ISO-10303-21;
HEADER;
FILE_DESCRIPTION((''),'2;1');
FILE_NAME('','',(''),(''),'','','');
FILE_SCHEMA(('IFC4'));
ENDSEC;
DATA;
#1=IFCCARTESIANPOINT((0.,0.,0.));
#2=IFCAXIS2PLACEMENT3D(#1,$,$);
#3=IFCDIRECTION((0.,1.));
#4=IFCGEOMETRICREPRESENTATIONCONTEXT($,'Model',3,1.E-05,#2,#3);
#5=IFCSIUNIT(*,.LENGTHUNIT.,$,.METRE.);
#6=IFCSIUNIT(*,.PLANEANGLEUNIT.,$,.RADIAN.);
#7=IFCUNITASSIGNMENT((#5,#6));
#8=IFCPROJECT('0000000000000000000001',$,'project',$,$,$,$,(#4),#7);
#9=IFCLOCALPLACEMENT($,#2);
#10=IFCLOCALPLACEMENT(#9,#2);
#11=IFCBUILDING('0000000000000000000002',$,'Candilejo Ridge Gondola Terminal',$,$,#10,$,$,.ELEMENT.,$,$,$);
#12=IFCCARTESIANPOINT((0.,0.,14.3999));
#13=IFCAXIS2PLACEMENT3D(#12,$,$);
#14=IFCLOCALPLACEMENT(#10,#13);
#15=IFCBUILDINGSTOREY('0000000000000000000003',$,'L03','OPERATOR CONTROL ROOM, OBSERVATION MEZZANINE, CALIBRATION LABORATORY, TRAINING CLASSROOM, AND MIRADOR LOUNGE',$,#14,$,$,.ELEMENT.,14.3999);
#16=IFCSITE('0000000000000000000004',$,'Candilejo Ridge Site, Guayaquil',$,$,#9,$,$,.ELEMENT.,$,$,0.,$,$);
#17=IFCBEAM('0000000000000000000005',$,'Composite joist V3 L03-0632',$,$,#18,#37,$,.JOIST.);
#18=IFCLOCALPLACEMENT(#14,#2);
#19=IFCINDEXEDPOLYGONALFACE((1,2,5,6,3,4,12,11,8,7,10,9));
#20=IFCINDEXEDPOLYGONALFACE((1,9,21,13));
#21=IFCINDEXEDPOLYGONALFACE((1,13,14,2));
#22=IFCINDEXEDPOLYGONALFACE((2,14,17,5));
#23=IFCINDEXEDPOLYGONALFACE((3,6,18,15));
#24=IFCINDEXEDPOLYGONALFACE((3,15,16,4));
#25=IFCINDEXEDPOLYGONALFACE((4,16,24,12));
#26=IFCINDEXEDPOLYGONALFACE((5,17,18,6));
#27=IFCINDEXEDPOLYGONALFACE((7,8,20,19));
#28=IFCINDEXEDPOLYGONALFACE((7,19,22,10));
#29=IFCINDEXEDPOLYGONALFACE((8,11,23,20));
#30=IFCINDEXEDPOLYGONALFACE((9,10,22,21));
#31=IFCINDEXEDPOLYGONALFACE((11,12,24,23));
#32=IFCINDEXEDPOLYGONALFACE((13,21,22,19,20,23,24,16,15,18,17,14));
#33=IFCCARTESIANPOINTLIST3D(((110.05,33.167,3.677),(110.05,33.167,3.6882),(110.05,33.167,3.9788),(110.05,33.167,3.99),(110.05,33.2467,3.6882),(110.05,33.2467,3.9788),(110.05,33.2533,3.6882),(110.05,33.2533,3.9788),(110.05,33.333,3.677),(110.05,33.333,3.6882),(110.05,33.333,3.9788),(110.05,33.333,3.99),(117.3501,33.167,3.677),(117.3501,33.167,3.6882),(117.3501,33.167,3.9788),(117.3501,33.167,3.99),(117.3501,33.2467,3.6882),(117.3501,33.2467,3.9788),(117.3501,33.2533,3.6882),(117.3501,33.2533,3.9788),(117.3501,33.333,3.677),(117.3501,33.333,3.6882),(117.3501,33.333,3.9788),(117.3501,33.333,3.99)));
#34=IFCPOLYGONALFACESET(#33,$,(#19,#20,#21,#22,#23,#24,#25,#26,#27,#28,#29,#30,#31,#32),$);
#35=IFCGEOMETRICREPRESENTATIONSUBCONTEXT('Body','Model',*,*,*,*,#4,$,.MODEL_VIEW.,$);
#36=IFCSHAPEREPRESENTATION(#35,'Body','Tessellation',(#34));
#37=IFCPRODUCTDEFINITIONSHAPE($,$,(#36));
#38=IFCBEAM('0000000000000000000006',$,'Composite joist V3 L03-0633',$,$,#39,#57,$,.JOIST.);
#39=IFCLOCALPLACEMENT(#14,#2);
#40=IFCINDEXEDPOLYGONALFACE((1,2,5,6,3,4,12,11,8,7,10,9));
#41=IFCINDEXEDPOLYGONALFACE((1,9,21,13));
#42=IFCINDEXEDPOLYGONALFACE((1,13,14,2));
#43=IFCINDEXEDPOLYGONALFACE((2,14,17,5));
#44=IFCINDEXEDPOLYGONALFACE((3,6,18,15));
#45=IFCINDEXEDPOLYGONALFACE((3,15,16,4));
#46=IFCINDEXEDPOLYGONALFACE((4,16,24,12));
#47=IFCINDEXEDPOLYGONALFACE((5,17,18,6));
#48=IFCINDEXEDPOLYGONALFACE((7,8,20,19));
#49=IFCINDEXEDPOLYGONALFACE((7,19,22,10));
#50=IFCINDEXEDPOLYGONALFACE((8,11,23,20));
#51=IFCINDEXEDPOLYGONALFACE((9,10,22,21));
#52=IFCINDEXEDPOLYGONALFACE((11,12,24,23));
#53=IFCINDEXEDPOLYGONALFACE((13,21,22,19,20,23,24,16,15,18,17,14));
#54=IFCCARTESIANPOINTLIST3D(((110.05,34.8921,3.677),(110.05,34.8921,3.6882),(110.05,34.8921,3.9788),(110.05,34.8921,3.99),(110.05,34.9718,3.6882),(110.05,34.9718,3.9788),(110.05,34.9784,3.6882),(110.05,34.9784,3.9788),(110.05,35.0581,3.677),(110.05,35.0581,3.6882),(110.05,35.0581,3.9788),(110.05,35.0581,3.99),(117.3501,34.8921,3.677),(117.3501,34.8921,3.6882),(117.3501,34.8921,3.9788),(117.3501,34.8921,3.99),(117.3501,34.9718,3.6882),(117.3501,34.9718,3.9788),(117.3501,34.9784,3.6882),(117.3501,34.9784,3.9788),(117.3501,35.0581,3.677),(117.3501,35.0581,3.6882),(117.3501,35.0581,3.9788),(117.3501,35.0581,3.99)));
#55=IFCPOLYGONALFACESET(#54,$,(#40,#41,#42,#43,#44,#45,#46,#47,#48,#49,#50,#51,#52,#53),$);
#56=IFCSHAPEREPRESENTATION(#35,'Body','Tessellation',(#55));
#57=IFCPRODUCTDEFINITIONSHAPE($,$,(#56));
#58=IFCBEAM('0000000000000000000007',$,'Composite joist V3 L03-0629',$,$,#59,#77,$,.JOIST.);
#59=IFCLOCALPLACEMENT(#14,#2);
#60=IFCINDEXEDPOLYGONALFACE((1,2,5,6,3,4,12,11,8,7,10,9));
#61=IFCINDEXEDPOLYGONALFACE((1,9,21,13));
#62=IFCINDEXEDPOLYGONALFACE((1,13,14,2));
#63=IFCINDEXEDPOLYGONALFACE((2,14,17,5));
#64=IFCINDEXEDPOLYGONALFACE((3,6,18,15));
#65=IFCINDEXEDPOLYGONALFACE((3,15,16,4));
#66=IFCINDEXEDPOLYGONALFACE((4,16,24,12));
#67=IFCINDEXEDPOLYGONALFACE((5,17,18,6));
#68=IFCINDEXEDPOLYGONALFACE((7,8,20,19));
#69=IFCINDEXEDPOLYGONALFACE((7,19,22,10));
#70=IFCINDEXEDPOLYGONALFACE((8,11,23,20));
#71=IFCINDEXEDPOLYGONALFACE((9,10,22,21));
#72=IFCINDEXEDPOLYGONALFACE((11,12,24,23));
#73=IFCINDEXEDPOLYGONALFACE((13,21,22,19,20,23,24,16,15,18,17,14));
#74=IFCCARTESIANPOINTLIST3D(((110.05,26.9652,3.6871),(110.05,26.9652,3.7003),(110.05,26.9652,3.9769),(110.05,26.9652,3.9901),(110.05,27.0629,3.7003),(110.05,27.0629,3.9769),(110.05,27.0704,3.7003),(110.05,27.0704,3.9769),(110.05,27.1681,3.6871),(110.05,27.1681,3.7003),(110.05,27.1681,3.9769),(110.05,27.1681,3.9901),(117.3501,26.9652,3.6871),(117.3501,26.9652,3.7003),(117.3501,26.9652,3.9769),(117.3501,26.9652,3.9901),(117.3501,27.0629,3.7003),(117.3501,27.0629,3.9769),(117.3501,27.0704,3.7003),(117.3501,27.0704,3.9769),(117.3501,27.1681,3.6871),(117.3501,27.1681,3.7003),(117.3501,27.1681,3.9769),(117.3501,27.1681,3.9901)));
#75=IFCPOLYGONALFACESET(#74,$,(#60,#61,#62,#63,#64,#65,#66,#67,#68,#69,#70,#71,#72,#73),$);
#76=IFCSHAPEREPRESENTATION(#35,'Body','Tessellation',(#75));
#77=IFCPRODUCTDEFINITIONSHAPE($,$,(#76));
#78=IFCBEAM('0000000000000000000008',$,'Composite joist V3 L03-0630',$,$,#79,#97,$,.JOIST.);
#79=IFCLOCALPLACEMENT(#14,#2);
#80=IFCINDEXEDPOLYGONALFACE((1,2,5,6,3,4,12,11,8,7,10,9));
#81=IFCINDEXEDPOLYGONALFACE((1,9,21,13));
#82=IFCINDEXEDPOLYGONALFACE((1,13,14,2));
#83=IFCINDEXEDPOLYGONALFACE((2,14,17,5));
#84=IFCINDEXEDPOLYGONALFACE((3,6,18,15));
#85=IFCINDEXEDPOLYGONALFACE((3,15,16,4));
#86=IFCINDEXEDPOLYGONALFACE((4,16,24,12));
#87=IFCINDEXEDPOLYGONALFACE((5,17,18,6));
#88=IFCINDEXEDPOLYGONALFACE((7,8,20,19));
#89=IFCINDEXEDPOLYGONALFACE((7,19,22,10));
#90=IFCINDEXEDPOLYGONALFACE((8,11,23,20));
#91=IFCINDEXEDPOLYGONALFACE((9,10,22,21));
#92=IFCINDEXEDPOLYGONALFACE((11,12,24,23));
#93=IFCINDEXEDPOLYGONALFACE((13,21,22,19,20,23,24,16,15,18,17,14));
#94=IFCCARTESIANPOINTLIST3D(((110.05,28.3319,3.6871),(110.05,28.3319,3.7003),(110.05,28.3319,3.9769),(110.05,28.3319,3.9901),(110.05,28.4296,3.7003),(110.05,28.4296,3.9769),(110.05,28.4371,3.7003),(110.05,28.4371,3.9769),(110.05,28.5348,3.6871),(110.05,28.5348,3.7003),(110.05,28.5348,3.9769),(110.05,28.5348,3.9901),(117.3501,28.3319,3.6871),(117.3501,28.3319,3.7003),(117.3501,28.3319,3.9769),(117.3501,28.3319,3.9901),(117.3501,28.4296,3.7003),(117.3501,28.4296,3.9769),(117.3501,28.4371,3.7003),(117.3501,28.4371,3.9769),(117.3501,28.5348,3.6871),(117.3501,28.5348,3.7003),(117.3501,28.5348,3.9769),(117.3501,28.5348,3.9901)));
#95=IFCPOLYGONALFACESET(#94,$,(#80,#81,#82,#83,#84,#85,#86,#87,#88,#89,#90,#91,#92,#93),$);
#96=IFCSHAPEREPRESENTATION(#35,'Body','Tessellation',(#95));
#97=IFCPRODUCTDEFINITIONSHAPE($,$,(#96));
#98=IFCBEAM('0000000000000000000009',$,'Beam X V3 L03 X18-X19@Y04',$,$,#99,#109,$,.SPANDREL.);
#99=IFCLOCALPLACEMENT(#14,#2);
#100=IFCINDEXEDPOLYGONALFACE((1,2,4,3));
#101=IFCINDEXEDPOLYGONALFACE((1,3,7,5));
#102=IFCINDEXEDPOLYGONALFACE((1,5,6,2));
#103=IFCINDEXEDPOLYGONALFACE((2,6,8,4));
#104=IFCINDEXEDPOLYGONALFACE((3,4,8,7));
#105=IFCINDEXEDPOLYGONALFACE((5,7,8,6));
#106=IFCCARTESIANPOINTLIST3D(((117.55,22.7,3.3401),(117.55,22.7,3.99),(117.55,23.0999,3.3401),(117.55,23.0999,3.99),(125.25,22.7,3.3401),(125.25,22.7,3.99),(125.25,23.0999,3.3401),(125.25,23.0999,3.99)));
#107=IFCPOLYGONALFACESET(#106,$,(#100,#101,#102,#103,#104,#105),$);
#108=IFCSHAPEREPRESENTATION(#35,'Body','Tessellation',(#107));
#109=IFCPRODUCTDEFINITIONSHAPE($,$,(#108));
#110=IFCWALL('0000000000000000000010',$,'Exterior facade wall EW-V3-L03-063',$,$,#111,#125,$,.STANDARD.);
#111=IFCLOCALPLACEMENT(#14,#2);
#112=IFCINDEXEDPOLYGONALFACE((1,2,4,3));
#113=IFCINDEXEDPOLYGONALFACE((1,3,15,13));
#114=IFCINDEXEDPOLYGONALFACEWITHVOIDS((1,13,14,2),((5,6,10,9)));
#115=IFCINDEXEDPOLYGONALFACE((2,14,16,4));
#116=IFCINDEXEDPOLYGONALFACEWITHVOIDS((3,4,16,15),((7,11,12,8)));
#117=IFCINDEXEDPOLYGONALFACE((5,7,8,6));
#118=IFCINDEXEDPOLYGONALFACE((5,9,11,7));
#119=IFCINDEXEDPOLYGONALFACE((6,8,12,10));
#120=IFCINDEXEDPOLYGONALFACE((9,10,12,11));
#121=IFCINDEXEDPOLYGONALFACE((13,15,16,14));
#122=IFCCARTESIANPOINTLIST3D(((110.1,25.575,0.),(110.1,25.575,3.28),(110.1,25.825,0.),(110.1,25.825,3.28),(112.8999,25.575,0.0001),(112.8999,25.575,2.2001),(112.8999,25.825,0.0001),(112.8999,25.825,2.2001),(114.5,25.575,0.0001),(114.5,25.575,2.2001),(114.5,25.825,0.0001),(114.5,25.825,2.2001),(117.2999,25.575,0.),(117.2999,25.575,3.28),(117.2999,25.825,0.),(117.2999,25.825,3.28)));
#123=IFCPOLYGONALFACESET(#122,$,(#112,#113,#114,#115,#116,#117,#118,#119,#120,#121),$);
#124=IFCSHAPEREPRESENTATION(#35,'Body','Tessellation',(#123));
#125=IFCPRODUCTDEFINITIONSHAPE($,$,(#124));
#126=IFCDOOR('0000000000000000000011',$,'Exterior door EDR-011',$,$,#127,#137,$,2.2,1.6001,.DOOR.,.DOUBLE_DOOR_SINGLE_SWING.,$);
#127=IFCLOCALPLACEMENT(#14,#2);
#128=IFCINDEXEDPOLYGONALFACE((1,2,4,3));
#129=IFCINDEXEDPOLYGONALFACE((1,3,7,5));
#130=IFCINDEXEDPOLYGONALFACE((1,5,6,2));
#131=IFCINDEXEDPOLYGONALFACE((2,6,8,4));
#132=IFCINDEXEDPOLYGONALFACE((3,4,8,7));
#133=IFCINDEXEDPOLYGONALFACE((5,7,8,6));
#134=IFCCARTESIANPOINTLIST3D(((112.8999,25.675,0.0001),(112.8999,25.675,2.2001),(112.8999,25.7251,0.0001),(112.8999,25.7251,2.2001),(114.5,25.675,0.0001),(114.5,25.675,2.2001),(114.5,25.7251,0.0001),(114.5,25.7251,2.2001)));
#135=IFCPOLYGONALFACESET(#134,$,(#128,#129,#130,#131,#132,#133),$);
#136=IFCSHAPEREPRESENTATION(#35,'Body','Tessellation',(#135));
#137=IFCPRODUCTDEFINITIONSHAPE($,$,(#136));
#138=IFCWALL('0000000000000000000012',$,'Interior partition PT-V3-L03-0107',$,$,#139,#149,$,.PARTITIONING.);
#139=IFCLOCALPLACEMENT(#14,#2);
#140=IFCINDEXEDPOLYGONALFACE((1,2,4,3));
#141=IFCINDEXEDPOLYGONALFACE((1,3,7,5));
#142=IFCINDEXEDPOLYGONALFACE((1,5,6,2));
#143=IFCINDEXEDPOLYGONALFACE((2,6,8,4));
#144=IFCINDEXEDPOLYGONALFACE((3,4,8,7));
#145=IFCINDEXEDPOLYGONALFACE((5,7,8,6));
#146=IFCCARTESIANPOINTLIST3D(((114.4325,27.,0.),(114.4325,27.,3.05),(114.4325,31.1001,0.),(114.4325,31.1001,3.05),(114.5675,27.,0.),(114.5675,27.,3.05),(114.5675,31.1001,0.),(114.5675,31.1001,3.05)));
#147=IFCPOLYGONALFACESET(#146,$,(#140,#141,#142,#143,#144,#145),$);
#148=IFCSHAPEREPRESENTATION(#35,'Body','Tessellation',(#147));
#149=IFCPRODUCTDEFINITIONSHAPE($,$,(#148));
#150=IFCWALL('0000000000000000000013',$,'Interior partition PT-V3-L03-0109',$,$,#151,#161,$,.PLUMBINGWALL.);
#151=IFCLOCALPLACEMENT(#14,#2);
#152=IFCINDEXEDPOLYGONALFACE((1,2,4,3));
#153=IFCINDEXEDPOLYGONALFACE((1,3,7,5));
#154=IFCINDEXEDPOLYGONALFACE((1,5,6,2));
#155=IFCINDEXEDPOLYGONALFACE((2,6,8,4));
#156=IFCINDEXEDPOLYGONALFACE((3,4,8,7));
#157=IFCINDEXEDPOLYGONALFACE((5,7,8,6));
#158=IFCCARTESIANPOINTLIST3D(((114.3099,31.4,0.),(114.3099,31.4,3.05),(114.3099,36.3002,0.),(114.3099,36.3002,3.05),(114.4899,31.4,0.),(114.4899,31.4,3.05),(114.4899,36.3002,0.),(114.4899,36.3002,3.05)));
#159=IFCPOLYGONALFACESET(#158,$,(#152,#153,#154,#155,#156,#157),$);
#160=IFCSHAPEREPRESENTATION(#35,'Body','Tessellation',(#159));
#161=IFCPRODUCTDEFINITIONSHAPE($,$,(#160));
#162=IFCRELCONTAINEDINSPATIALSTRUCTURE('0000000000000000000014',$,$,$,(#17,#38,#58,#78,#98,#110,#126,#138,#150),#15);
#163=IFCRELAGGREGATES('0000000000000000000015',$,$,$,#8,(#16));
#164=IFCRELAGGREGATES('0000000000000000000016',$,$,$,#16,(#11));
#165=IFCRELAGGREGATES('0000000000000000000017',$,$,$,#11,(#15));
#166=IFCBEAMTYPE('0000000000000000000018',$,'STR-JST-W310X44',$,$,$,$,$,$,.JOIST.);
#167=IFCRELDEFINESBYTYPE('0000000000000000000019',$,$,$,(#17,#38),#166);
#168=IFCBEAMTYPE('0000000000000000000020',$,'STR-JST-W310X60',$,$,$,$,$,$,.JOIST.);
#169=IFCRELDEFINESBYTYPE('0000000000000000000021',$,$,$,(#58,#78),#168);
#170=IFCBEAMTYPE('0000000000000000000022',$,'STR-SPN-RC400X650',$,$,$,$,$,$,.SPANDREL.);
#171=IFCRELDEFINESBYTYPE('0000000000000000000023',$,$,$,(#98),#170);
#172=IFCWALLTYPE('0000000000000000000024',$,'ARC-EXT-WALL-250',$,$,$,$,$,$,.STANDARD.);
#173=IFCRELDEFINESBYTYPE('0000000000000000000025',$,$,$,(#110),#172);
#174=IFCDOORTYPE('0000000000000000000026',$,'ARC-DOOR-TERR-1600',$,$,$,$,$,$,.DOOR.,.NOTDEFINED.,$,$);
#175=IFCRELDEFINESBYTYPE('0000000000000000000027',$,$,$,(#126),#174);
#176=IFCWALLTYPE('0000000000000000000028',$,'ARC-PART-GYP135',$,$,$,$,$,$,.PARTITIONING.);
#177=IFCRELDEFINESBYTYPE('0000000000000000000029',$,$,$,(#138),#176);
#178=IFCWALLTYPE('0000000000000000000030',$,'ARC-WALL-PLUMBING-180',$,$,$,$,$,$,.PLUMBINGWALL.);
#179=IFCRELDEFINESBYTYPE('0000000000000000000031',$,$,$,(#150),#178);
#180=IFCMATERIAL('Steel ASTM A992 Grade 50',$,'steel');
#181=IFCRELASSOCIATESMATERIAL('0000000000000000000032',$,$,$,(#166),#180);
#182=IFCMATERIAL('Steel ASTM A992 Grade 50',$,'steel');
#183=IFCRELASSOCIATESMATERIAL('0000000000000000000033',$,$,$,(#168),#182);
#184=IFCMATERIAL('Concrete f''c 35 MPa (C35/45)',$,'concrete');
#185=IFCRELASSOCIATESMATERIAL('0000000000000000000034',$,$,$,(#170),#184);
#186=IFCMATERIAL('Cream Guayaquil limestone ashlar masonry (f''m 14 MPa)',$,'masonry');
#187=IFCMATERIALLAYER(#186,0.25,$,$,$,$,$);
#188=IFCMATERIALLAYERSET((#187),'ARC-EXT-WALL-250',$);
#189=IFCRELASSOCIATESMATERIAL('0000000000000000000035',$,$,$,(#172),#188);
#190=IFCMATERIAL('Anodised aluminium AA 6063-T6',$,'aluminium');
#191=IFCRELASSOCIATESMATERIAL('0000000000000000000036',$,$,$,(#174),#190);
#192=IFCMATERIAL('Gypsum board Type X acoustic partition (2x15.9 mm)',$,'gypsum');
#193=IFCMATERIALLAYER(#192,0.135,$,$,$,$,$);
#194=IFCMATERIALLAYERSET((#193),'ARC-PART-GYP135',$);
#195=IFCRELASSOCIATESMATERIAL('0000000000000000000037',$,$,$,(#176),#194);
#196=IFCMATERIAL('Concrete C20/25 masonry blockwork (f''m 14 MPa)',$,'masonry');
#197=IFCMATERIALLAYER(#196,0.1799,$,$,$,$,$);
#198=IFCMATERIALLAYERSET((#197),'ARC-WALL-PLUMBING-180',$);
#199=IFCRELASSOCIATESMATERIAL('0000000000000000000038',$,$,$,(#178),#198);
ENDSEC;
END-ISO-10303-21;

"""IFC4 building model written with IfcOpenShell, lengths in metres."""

from ifc_helpers import new_model, si_unit, direction, frame, frame_2d, origin, origin_2d, place, context, subcontext, project, spatial, rectangle, i_section, extrude, material, layer, layer_set, material_profile, profile_set, type_object, element, fill, save


model = new_model("IFC4")

# Units and contexts
model_context = context("Model", 3, precision=1e-05, world=origin(), true_north=direction((0.0, 1.0)))
body_context = subcontext(model_context, "Body", "Model", "MODEL_VIEW")
ifc_project = project(units=[si_unit("LENGTHUNIT", "METRE"), si_unit("PLANEANGLEUNIT", "RADIAN")], contexts=[model_context])

# Site, building, storey
site_placement = place(None, origin())
site = spatial("IfcSite", under=ifc_project, at=site_placement, Name="Candilejo Ridge Site, Guayaquil", CompositionType="ELEMENT", RefElevation=0.0)
building_placement = place(site_placement, origin())
building = spatial("IfcBuilding", under=site, at=building_placement, Name="Candilejo Ridge Gondola Terminal", CompositionType="ELEMENT")
storey_placement = place(building_placement, frame((0.0, 0.0, 14.3999)))
storey = spatial("IfcBuildingStorey", under=building, at=storey_placement, Name="L03", Description="OPERATOR CONTROL ROOM, OBSERVATION MEZZANINE, CALIBRATION LABORATORY, TRAINING CLASSROOM, AND MIRADOR LOUNGE", CompositionType="ELEMENT", Elevation=14.3999)

# Beams
ifc_material_1 = material(Name="Steel ASTM A992 Grade 50", Category="steel")
ifc_material_profile_1 = material_profile(ifc_material_1, i_section(OverallWidth=0.166, OverallDepth=0.313, WebThickness=0.0066, FlangeThickness=0.0112, at=origin_2d()))
ifc_profile_set_1 = profile_set([ifc_material_profile_1], Name="Steel ASTM A992 Grade 50")
beam_type_1 = type_object("IfcBeamType", Name="STR-JST-W310X44", PredefinedType="JOIST", material=ifc_profile_set_1)
for number, where, z_axis, x_axis, name in (
    (1, (110.05, 33.25, 3.8335), (1.0, 0.0, 0.0), (0.0, 1.0, 0.0), "Composite joist V3 L03-0632"),
    (2, (110.05, 34.9751, 3.8335), (1.0, 0.0, 0.0), (0.0, 1.0, 0.0), "Composite joist V3 L03-0633"),
):
    element("IfcBeam", number, at=place(storey_placement, frame(where, z_axis=z_axis, x_axis=x_axis)), inside=storey, type_object=beam_type_1, Name=name, PredefinedType="JOIST", context=body_context, shape_type="SweptSolid", body=[
        extrude(i_section(OverallWidth=0.166, OverallDepth=0.313, WebThickness=0.0066, FlangeThickness=0.0112, at=origin_2d()), origin(), (0.0, 0.0, 1.0), 7.3),
    ])
ifc_material_2 = material(Name="Steel ASTM A992 Grade 50", Category="steel")
ifc_material_profile_2 = material_profile(ifc_material_2, i_section(OverallWidth=0.2029, OverallDepth=0.303, WebThickness=0.0076, FlangeThickness=0.0132, at=origin_2d()))
ifc_profile_set_2 = profile_set([ifc_material_profile_2], Name="Steel ASTM A992 Grade 50")
beam_type_2 = type_object("IfcBeamType", Name="STR-JST-W310X60", PredefinedType="JOIST", material=ifc_profile_set_2)
for number, where, z_axis, x_axis, name in (
    (3, (110.05, 27.0667, 3.8386), (1.0, 0.0, 0.0), (0.0, 1.0, 0.0), "Composite joist V3 L03-0629"),
    (4, (110.05, 28.4333, 3.8386), (1.0, 0.0, 0.0), (0.0, 1.0, 0.0), "Composite joist V3 L03-0630"),
):
    element("IfcBeam", number, at=place(storey_placement, frame(where, z_axis=z_axis, x_axis=x_axis)), inside=storey, type_object=beam_type_2, Name=name, PredefinedType="JOIST", context=body_context, shape_type="SweptSolid", body=[
        extrude(i_section(OverallWidth=0.2029, OverallDepth=0.303, WebThickness=0.0076, FlangeThickness=0.0132, at=origin_2d()), origin(), (0.0, 0.0, 1.0), 7.3),
    ])
ifc_material_3 = material(Name="Concrete f'c 35 MPa (C35/45)", Category="concrete")
ifc_material_profile_3 = material_profile(ifc_material_3, rectangle(XDim=0.3999, YDim=0.6499, at=origin_2d()))
ifc_profile_set_3 = profile_set([ifc_material_profile_3], Name="Concrete f'c 35 MPa (C35/45)")
beam_type_3 = type_object("IfcBeamType", Name="STR-SPN-RC400X650", PredefinedType="SPANDREL", material=ifc_profile_set_3)
beam_1_placement = place(storey_placement, frame((117.55, 22.8999, 3.665), z_axis=(1.0, 0.0, 0.0), x_axis=(0.0, 1.0, 0.0)))
element("IfcBeam", 5, at=beam_1_placement, inside=storey, type_object=beam_type_3, Name="Beam X V3 L03 X18-X19@Y04", PredefinedType="SPANDREL", context=body_context, shape_type="SweptSolid", body=[
    extrude(rectangle(XDim=0.3999, YDim=0.6499, at=origin_2d()), origin(), (0.0, 0.0, 1.0), 7.7),
])

# Wall, opening, door
ifc_material_4 = material(Name="Cream Guayaquil limestone ashlar masonry (f'm 14 MPa)", Category="masonry")
ifc_layer_1 = layer(ifc_material_4, 0.25)
ifc_layer_set_1 = layer_set([ifc_layer_1], Name="ARC-EXT-WALL-250")
wall_type_1 = type_object("IfcWallType", Name="ARC-EXT-WALL-250", PredefinedType="STANDARD", material=ifc_layer_set_1)
wall_1_placement = place(storey_placement, frame((117.3, 25.7, 0.0), z_axis=(0.0, 0.0, 1.0), x_axis=(-1.0, 0.0, 0.0)))
wall_1 = element("IfcWall", 6, at=wall_1_placement, inside=storey, type_object=wall_type_1, Name="Exterior facade wall EW-V3-L03-063", PredefinedType="STANDARD", context=body_context, shape_type="SweptSolid", body=[
    extrude(rectangle(XDim=7.2, YDim=0.25, at=frame_2d((3.6001, 0.0))), origin(), (0.0, 0.0, 1.0), 3.28),
])
opening_1_placement = place(wall_1_placement, frame((2.8, 0.0, 0.0)))
opening_1 = element("IfcOpeningElement", 7, at=opening_1_placement, cuts=wall_1, PredefinedType="OPENING", context=body_context, shape_type="SweptSolid", body=[
    extrude(rectangle(XDim=1.6001, YDim=2.2, at=frame_2d((0.8, 1.1001))), frame((0.0, 0.135, 0.0), z_axis=(0.0, -1.0, 0.0), x_axis=(1.0, 0.0, 0.0)), (0.0, 0.0, 1.0), 0.27),
])
ifc_material_5 = material(Name="Anodised aluminium AA 6063-T6", Category="aluminium")
door_type_1 = type_object("IfcDoorType", Name="ARC-DOOR-TERR-1600", OperationType="NOTDEFINED", PredefinedType="DOOR", material=ifc_material_5)
door_1_placement = place(opening_1_placement, origin())
door_1 = element("IfcDoor", 8, at=door_1_placement, inside=storey, type_object=door_type_1, Name="Exterior door EDR-011", OperationType="DOUBLE_DOOR_SINGLE_SWING", OverallHeight=2.2, OverallWidth=1.6001, PredefinedType="DOOR", context=body_context, shape_type="SweptSolid", body=[
    extrude(rectangle(XDim=1.6001, YDim=2.2, at=frame_2d((0.8, 1.1001))), frame((0.0, 0.0249, 0.0), z_axis=(0.0, -1.0, 0.0), x_axis=(1.0, 0.0, 0.0)), (0.0, 0.0, 1.0), 0.05),
])
fill(opening_1, door_1)

# Walls
ifc_material_6 = material(Name="Gypsum board Type X acoustic partition (2x15.9 mm)", Category="gypsum")
ifc_layer_2 = layer(ifc_material_6, 0.135)
ifc_layer_set_2 = layer_set([ifc_layer_2], Name="ARC-PART-GYP135")
wall_type_2 = type_object("IfcWallType", Name="ARC-PART-GYP135", PredefinedType="PARTITIONING", material=ifc_layer_set_2)
wall_2_placement = place(storey_placement, frame((114.5, 27.0, 0.0), z_axis=(0.0, 0.0, 1.0), x_axis=(0.0, 1.0, 0.0)))
element("IfcWall", 9, at=wall_2_placement, inside=storey, type_object=wall_type_2, Name="Interior partition PT-V3-L03-0107", PredefinedType="PARTITIONING", context=body_context, shape_type="SweptSolid", body=[
    extrude(rectangle(XDim=4.1001, YDim=0.135, at=frame_2d((2.05, 0.0))), origin(), (0.0, 0.0, 1.0), 3.05),
])
ifc_material_7 = material(Name="Concrete C20/25 masonry blockwork (f'm 14 MPa)", Category="masonry")
ifc_layer_3 = layer(ifc_material_7, 0.1799)
ifc_layer_set_3 = layer_set([ifc_layer_3], Name="ARC-WALL-PLUMBING-180")
wall_type_3 = type_object("IfcWallType", Name="ARC-WALL-PLUMBING-180", PredefinedType="PLUMBINGWALL", material=ifc_layer_set_3)
wall_3_placement = place(storey_placement, frame((114.3999, 31.3999, 0.0), z_axis=(0.0, 0.0, 1.0), x_axis=(0.0, 1.0, 0.0)))
element("IfcWall", 10, at=wall_3_placement, inside=storey, type_object=wall_type_3, Name="Interior partition PT-V3-L03-0109", PredefinedType="PLUMBINGWALL", context=body_context, shape_type="SweptSolid", body=[
    extrude(rectangle(XDim=4.9001, YDim=0.1799, at=frame_2d((2.4502, 0.0))), origin(), (0.0, 0.0, 1.0), 3.05),
])

save(model, "model.ifc")
